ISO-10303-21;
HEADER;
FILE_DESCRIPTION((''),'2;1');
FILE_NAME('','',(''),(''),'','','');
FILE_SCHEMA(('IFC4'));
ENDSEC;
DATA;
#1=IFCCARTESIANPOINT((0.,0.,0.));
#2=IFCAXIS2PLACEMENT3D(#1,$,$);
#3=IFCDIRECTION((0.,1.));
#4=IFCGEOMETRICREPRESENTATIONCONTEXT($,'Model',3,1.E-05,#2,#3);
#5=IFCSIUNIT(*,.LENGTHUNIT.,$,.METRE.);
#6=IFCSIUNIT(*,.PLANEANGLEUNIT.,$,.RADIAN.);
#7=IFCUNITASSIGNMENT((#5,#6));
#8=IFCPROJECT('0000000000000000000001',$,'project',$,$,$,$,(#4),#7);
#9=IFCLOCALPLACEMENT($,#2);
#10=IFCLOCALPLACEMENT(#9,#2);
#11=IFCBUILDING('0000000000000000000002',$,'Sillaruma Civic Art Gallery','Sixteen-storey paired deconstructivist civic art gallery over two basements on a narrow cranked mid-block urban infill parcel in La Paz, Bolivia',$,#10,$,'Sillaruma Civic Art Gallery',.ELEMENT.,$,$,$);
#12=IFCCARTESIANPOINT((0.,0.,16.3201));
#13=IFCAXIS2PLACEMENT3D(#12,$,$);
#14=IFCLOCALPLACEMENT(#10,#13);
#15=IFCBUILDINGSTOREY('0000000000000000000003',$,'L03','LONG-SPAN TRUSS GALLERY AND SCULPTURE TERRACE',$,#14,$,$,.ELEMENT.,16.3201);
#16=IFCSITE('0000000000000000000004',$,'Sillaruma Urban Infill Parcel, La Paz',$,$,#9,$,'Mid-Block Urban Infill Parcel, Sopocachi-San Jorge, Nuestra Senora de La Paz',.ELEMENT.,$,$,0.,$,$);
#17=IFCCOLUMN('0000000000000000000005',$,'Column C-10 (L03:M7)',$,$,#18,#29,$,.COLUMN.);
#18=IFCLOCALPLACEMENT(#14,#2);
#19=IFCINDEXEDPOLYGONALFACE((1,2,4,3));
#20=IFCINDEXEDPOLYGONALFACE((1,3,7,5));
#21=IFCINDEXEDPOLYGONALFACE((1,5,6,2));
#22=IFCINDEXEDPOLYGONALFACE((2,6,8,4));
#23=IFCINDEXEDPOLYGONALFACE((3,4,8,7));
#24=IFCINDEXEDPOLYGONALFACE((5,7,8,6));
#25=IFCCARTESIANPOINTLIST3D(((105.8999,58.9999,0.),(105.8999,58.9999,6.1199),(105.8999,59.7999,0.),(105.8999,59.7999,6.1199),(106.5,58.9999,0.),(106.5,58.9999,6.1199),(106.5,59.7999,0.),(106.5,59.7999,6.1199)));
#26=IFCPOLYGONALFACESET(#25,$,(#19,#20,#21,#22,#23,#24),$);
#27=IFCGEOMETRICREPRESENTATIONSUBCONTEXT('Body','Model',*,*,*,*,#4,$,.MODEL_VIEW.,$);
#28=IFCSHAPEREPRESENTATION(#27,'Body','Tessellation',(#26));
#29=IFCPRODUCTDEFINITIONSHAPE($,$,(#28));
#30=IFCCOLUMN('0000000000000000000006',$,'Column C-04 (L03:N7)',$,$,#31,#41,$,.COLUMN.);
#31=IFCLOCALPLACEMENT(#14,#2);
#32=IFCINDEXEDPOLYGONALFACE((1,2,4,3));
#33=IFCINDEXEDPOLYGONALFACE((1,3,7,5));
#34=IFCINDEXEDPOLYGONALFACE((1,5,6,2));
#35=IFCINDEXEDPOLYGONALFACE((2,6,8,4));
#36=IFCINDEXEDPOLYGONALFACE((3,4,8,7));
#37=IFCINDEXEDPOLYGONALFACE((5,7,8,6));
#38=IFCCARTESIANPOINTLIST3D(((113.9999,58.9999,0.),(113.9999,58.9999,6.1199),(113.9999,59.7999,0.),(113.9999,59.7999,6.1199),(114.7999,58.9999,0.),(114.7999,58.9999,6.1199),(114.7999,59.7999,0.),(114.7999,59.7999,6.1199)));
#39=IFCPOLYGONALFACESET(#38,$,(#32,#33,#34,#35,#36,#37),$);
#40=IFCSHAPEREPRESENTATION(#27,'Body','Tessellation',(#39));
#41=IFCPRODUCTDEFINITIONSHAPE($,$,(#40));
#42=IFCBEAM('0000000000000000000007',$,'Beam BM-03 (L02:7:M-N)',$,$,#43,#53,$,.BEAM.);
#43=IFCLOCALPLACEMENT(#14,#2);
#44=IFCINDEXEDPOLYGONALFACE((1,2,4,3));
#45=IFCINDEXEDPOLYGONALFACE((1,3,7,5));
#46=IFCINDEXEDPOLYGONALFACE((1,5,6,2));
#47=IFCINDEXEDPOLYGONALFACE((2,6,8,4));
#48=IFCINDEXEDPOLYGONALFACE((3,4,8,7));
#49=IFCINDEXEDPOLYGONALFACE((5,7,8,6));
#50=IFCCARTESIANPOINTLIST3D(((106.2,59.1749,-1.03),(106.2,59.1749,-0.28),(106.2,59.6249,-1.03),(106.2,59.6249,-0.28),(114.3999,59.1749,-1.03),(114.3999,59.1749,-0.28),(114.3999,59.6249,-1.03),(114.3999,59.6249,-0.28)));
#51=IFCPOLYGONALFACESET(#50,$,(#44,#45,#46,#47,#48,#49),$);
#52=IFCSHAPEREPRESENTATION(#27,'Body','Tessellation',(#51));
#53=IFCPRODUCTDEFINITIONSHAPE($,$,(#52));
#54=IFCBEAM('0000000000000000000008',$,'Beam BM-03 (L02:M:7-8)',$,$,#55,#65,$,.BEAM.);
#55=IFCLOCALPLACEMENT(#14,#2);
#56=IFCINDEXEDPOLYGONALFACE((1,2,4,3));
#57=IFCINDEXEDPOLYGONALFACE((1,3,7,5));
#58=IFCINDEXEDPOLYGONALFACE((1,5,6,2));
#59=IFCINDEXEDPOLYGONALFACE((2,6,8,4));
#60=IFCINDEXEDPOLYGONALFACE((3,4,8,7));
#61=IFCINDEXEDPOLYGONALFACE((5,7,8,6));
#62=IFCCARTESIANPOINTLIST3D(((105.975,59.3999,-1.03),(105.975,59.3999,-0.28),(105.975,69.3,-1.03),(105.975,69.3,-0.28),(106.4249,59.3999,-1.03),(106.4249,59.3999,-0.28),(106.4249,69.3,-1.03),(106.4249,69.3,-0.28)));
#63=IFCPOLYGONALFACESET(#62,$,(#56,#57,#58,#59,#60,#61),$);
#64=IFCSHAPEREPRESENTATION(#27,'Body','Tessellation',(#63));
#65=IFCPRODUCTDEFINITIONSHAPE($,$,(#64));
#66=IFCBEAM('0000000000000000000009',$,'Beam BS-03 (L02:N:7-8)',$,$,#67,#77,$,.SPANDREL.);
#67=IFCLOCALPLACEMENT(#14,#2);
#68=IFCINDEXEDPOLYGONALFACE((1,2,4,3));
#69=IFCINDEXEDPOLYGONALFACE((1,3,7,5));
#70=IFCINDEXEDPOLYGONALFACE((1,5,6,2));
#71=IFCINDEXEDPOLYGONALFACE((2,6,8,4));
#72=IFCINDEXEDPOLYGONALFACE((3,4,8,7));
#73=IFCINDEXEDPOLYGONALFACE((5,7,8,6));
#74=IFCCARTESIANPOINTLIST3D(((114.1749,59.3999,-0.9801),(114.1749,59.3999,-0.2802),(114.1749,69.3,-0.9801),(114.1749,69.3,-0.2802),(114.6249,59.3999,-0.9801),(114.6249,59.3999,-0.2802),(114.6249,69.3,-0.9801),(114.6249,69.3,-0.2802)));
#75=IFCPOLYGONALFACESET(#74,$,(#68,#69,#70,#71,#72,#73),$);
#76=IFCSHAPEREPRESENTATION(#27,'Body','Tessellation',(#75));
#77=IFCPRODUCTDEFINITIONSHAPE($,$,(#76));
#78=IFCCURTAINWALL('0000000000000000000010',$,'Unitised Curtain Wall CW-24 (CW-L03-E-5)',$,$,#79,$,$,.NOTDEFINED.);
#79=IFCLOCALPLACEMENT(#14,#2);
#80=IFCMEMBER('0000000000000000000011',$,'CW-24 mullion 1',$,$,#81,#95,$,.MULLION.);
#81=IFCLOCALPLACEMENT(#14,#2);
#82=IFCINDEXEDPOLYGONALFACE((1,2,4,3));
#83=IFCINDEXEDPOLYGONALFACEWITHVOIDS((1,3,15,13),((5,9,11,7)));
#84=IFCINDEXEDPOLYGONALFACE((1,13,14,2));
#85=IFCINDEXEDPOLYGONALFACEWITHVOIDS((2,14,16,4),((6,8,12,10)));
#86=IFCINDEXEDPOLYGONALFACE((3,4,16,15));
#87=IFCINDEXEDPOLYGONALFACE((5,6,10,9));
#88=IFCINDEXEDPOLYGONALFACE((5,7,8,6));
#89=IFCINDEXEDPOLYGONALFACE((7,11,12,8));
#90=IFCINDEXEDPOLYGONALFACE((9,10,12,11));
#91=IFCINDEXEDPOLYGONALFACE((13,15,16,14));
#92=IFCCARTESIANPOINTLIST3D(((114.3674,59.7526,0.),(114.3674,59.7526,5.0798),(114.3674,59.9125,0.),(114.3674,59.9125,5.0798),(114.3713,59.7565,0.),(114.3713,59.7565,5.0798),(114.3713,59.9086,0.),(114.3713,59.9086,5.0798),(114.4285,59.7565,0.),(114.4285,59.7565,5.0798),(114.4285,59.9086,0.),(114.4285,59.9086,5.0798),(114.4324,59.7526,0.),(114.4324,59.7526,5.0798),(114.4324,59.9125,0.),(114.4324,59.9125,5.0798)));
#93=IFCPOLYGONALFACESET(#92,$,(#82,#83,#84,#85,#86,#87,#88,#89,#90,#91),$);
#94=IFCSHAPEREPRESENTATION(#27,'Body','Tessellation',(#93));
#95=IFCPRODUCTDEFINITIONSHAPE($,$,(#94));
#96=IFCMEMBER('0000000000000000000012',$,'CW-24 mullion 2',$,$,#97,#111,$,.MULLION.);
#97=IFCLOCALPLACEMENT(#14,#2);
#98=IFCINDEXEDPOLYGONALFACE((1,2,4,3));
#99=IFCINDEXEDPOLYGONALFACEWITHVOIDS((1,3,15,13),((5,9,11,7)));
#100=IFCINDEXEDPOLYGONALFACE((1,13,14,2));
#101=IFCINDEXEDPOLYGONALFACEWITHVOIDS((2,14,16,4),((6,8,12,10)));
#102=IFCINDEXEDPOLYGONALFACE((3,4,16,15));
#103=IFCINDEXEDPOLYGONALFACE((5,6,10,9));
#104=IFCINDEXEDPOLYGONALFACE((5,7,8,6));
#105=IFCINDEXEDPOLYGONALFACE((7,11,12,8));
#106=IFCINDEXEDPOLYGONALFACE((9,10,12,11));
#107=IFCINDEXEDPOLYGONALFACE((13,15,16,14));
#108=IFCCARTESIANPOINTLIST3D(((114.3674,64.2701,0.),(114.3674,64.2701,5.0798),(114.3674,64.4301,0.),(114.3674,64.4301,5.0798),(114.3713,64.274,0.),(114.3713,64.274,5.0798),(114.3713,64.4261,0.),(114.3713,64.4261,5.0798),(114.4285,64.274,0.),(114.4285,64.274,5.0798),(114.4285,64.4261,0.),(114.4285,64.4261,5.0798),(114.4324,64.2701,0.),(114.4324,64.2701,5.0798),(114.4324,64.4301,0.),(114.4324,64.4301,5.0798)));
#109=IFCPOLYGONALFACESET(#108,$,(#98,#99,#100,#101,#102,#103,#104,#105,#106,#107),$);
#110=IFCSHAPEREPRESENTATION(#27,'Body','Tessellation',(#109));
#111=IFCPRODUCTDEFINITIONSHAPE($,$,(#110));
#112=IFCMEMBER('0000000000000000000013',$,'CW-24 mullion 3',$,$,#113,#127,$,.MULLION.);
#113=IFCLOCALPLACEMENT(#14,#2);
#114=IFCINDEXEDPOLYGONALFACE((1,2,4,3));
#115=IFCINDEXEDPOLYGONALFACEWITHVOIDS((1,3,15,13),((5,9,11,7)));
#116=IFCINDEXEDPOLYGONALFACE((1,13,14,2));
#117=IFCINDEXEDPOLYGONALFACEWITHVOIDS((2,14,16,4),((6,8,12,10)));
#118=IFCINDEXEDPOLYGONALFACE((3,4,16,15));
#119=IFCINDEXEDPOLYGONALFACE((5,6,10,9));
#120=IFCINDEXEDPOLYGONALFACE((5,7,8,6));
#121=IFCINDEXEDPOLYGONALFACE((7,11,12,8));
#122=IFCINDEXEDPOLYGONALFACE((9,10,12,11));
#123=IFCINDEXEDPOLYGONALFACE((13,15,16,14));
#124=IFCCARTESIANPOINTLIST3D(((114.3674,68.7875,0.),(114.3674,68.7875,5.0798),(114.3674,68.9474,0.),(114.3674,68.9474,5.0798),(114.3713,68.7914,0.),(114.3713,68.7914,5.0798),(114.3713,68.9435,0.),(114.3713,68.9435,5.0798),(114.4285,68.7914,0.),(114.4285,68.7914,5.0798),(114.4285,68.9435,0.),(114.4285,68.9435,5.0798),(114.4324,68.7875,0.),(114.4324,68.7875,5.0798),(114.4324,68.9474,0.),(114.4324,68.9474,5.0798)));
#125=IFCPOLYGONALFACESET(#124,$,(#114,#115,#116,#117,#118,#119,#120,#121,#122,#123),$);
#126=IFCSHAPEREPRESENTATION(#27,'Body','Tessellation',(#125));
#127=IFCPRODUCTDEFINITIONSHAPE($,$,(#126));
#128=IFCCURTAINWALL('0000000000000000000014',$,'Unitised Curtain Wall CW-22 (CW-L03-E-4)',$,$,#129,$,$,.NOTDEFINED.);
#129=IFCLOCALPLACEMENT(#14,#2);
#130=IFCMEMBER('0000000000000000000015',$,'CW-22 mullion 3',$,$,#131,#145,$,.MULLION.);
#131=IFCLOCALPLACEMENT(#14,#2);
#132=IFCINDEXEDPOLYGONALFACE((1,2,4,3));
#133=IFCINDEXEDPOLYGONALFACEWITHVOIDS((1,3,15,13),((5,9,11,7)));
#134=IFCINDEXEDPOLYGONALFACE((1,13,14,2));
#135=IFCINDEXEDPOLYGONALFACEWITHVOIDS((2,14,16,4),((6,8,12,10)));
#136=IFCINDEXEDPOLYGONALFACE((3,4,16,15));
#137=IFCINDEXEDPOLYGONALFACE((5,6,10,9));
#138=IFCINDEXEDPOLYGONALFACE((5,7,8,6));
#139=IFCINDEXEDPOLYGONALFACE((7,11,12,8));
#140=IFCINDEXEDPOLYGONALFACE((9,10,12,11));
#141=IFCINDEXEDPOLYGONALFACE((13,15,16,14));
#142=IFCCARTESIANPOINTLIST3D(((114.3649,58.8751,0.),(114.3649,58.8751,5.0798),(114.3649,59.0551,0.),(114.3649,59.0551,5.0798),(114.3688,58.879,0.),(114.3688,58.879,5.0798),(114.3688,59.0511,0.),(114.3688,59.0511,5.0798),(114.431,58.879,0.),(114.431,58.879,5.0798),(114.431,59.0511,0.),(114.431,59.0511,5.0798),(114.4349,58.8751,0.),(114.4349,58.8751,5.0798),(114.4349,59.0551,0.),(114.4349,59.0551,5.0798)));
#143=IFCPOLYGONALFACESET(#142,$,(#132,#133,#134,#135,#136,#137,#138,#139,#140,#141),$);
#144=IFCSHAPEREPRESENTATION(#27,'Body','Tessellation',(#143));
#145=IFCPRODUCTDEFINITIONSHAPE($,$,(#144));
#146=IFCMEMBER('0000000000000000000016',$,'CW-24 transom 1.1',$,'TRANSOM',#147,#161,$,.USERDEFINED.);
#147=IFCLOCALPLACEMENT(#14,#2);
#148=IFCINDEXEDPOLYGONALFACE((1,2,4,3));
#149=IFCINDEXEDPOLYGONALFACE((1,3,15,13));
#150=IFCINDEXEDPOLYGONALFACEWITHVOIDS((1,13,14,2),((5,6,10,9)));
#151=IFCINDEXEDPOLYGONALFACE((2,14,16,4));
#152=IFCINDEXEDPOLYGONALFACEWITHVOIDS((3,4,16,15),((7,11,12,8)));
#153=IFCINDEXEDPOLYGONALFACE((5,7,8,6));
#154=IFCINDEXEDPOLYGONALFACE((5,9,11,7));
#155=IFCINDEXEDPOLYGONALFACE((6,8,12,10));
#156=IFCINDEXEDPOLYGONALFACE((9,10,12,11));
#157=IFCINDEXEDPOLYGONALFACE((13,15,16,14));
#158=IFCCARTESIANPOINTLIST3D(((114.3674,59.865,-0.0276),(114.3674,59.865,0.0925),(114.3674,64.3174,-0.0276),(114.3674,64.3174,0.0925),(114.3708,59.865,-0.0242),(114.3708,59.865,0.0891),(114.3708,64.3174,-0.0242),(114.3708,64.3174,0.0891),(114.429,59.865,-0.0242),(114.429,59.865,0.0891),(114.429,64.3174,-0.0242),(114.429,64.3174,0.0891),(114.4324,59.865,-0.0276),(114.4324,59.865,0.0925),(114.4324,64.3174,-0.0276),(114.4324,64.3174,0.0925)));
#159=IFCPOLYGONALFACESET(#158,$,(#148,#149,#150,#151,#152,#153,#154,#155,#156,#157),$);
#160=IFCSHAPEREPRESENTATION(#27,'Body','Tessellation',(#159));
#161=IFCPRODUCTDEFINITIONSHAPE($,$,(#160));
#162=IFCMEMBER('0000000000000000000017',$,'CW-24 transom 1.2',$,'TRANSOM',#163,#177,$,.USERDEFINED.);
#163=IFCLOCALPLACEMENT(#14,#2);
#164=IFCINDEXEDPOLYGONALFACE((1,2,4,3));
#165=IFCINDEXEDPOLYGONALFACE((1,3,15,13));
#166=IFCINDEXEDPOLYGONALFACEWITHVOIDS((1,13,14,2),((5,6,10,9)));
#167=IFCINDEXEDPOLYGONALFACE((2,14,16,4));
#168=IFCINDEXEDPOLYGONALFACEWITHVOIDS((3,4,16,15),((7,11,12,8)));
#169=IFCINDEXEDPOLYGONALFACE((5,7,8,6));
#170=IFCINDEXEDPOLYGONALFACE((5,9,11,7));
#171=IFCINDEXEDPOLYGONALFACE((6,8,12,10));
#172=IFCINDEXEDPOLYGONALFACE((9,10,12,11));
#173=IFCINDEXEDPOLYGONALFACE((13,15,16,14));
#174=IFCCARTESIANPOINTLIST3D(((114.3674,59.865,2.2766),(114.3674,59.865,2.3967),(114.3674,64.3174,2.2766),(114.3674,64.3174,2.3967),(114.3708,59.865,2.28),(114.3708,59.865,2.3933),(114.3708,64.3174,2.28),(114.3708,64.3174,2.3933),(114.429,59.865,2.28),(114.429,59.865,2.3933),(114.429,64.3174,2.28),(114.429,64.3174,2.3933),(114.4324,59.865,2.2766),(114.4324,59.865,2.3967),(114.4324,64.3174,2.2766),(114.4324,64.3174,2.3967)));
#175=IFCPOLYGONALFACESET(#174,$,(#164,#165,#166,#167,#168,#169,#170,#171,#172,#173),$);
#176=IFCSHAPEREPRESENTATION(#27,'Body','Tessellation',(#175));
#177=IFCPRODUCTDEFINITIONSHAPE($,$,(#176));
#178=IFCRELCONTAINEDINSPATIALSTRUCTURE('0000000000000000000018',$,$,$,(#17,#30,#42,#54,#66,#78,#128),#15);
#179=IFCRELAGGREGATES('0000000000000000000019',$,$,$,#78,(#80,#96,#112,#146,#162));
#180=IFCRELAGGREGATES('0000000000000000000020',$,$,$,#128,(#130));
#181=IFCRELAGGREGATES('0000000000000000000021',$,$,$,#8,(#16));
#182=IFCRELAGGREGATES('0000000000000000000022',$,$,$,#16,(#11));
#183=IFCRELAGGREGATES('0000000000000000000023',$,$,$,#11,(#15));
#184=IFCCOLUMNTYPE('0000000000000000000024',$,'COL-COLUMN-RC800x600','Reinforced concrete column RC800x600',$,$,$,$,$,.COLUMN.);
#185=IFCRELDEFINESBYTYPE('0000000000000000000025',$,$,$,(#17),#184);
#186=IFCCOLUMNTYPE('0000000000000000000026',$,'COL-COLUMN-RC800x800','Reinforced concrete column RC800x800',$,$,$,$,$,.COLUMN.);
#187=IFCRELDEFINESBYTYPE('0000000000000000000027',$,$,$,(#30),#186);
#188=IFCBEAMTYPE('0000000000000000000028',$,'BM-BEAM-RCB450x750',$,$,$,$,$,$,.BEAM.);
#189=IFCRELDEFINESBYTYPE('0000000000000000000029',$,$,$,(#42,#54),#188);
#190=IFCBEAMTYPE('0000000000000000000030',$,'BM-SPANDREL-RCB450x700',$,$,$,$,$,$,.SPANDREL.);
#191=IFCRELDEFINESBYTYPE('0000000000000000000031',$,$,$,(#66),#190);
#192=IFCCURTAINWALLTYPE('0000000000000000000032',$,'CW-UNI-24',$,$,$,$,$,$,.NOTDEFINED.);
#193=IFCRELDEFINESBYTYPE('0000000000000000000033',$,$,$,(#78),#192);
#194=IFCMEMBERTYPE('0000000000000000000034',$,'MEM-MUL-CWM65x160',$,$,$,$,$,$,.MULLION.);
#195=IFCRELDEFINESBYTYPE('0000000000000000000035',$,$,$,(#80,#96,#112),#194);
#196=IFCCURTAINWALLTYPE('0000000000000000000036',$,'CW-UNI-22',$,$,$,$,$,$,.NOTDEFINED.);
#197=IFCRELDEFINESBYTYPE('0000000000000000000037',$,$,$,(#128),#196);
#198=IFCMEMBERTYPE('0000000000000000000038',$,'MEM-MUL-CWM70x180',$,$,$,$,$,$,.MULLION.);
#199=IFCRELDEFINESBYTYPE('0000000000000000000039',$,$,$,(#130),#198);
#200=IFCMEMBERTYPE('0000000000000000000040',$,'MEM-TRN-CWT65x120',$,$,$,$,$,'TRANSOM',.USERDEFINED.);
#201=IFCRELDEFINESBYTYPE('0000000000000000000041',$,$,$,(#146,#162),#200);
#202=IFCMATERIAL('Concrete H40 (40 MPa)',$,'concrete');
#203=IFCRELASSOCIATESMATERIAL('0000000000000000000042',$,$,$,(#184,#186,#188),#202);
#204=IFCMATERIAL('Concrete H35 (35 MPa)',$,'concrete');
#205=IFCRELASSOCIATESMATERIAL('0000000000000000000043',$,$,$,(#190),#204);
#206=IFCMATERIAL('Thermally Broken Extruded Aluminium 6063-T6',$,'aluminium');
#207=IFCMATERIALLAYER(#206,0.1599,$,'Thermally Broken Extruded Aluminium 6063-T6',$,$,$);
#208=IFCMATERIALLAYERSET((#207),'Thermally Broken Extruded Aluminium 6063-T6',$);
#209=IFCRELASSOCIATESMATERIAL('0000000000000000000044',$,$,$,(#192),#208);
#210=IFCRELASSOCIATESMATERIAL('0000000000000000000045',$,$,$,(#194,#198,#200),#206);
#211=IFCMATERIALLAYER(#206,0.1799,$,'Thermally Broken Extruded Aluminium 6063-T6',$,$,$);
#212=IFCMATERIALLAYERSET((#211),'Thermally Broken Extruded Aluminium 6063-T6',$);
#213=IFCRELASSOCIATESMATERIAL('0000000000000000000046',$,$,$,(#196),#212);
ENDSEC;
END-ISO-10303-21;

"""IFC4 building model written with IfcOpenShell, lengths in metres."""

from ifc_helpers import new_model, si_unit, direction, frame, origin, origin_2d, place, context, subcontext, project, spatial, rectangle, hollow_rectangle, extrude, material, layer, layer_set, material_profile, profile_set, type_object, element, aggregate, save


model = new_model("IFC4")

# Units and contexts
model_context = context("Model", 3, precision=1e-05, world=origin(), true_north=direction((0.0, 1.0)))
body_context = subcontext(model_context, "Body", "Model", "MODEL_VIEW")
ifc_project = project(units=[si_unit("LENGTHUNIT", "METRE"), si_unit("PLANEANGLEUNIT", "RADIAN")], contexts=[model_context])

# Site, building, storey
site_placement = place(None, origin())
site = spatial("IfcSite", under=ifc_project, at=site_placement, Name="Sillaruma Urban Infill Parcel, La Paz", LongName="Mid-Block Urban Infill Parcel, Sopocachi-San Jorge, Nuestra Senora de La Paz", CompositionType="ELEMENT", RefElevation=0.0)
building_placement = place(site_placement, origin())
building = spatial("IfcBuilding", under=site, at=building_placement, Name="Sillaruma Civic Art Gallery", Description="Sixteen-storey paired deconstructivist civic art gallery over two basements on a narrow cranked mid-block urban infill parcel in La Paz, Bolivia", LongName="Sillaruma Civic Art Gallery", CompositionType="ELEMENT")
storey_placement = place(building_placement, frame((0.0, 0.0, 16.3201)))
storey = spatial("IfcBuildingStorey", under=building, at=storey_placement, Name="L03", Description="LONG-SPAN TRUSS GALLERY AND SCULPTURE TERRACE", CompositionType="ELEMENT", Elevation=16.3201)

# Columns
ifc_material_1 = material(Name="Concrete H40 (40 MPa)", Category="concrete")
ifc_material_profile_1 = material_profile(ifc_material_1, rectangle(XDim=0.6001, YDim=0.8, at=origin_2d()), Name="RC800x600")
ifc_profile_set_1 = profile_set([ifc_material_profile_1], Name="Concrete H40 (40 MPa)")
column_type_1 = type_object("IfcColumnType", Name="COL-COLUMN-RC800x600", Description="Reinforced concrete column RC800x600", PredefinedType="COLUMN", material=ifc_profile_set_1)
column_1_placement = place(storey_placement, frame((106.2, 59.3999, 0.0), z_axis=(0.0, 0.0, 1.0), x_axis=(1.0, 0.0, 0.0)))
element("IfcColumn", 1, at=column_1_placement, inside=storey, type_object=column_type_1, Name="Column C-10 (L03:M7)", PredefinedType="COLUMN", context=body_context, shape_type="SweptSolid", body=[
    extrude(rectangle(XDim=0.6001, YDim=0.8, at=origin_2d()), origin(), (0.0, 0.0, 1.0), 6.1199),
])
ifc_material_profile_2 = material_profile(ifc_material_1, rectangle(XDim=0.8, YDim=0.8, at=origin_2d()), Name="RC800x800")
ifc_profile_set_2 = profile_set([ifc_material_profile_2], Name="Concrete H40 (40 MPa)")
column_type_2 = type_object("IfcColumnType", Name="COL-COLUMN-RC800x800", Description="Reinforced concrete column RC800x800", PredefinedType="COLUMN", material=ifc_profile_set_2)
column_2_placement = place(storey_placement, frame((114.3999, 59.3999, 0.0), z_axis=(0.0, 0.0, 1.0), x_axis=(1.0, 0.0, 0.0)))
element("IfcColumn", 2, at=column_2_placement, inside=storey, type_object=column_type_2, Name="Column C-04 (L03:N7)", PredefinedType="COLUMN", context=body_context, shape_type="SweptSolid", body=[
    extrude(rectangle(XDim=0.8, YDim=0.8, at=origin_2d()), origin(), (0.0, 0.0, 1.0), 6.1199),
])

# Beams
ifc_material_profile_3 = material_profile(ifc_material_1, rectangle(XDim=0.45, YDim=0.75, at=origin_2d()), Name="RCB450x750")
ifc_profile_set_3 = profile_set([ifc_material_profile_3], Name="Concrete H40 (40 MPa)")
beam_type_1 = type_object("IfcBeamType", Name="BM-BEAM-RCB450x750", PredefinedType="BEAM", material=ifc_profile_set_3)
beam_1_placement = place(storey_placement, frame((106.2, 59.3999, -0.655), z_axis=(1.0, 0.0, 0.0), x_axis=(0.0, 1.0, 0.0)))
element("IfcBeam", 3, at=beam_1_placement, inside=storey, type_object=beam_type_1, Name="Beam BM-03 (L02:7:M-N)", PredefinedType="BEAM", context=body_context, shape_type="SweptSolid", body=[
    extrude(rectangle(XDim=0.45, YDim=0.75, at=origin_2d()), origin(), (0.0, 0.0, 1.0), 8.2),
])
beam_2_placement = place(storey_placement, frame((106.2, 59.3999, -0.655), z_axis=(0.0, 1.0, 0.0), x_axis=(-1.0, 0.0, 0.0)))
element("IfcBeam", 4, at=beam_2_placement, inside=storey, type_object=beam_type_1, Name="Beam BM-03 (L02:M:7-8)", PredefinedType="BEAM", context=body_context, shape_type="SweptSolid", body=[
    extrude(rectangle(XDim=0.45, YDim=0.75, at=origin_2d()), origin(), (0.0, 0.0, 1.0), 9.9001),
])
ifc_material_2 = material(Name="Concrete H35 (35 MPa)", Category="concrete")
ifc_material_profile_4 = material_profile(ifc_material_2, rectangle(XDim=0.45, YDim=0.7, at=origin_2d()), Name="RCB450x700")
ifc_profile_set_4 = profile_set([ifc_material_profile_4], Name="Concrete H35 (35 MPa)")
beam_type_2 = type_object("IfcBeamType", Name="BM-SPANDREL-RCB450x700", PredefinedType="SPANDREL", material=ifc_profile_set_4)
beam_3_placement = place(storey_placement, frame((114.3999, 59.3999, -0.6301), z_axis=(0.0, 1.0, 0.0), x_axis=(-1.0, 0.0, 0.0)))
element("IfcBeam", 5, at=beam_3_placement, inside=storey, type_object=beam_type_2, Name="Beam BS-03 (L02:N:7-8)", PredefinedType="SPANDREL", context=body_context, shape_type="SweptSolid", body=[
    extrude(rectangle(XDim=0.45, YDim=0.7, at=origin_2d()), origin(), (0.0, 0.0, 1.0), 9.9001),
])

# Curtain wall, members
ifc_material_3 = material(Name="Thermally Broken Extruded Aluminium 6063-T6", Category="aluminium")
ifc_layer_1 = layer(ifc_material_3, 0.1599, Name="Thermally Broken Extruded Aluminium 6063-T6")
ifc_layer_set_1 = layer_set([ifc_layer_1], Name="Thermally Broken Extruded Aluminium 6063-T6")
curtain_wall_type_1 = type_object("IfcCurtainWallType", Name="CW-UNI-24", PredefinedType="NOTDEFINED", material=ifc_layer_set_1)
curtain_wall_1_placement = place(storey_placement, origin())
curtain_wall_1 = element("IfcCurtainWall", 6, at=curtain_wall_1_placement, inside=storey, type_object=curtain_wall_type_1, Name="Unitised Curtain Wall CW-24 (CW-L03-E-5)", PredefinedType="NOTDEFINED")
ifc_material_profile_5 = material_profile(ifc_material_3, hollow_rectangle(XDim=0.0649, YDim=0.1599, WallThickness=0.0039, at=origin_2d()), Name="CWM65x160")
ifc_profile_set_5 = profile_set([ifc_material_profile_5], Name="Thermally Broken Extruded Aluminium 6063-T6")
member_type_1 = type_object("IfcMemberType", Name="MEM-MUL-CWM65x160", PredefinedType="MULLION", material=ifc_profile_set_5)
member_1_placement = place(storey_placement, frame((114.3999, 59.8325, 0.0), z_axis=(0.0, 0.0, 1.0), x_axis=(-1.0, 0.0, 0.0)))
member_1 = element("IfcMember", 7, at=member_1_placement, type_object=member_type_1, Name="CW-24 mullion 1", PredefinedType="MULLION", context=body_context, shape_type="SweptSolid", body=[
    extrude(hollow_rectangle(XDim=0.0649, YDim=0.1599, WallThickness=0.0039, at=origin_2d()), origin(), (0.0, 0.0, 1.0), 5.0798),
])
member_2_placement = place(storey_placement, frame((114.3999, 64.3501, 0.0), z_axis=(0.0, 0.0, 1.0), x_axis=(-1.0, 0.0, 0.0)))
member_2 = element("IfcMember", 8, at=member_2_placement, type_object=member_type_1, Name="CW-24 mullion 2", PredefinedType="MULLION", context=body_context, shape_type="SweptSolid", body=[
    extrude(hollow_rectangle(XDim=0.0649, YDim=0.1599, WallThickness=0.0039, at=origin_2d()), origin(), (0.0, 0.0, 1.0), 5.0798),
])
member_3_placement = place(storey_placement, frame((114.3999, 68.8674, 0.0), z_axis=(0.0, 0.0, 1.0), x_axis=(-1.0, 0.0, 0.0)))
member_3 = element("IfcMember", 9, at=member_3_placement, type_object=member_type_1, Name="CW-24 mullion 3", PredefinedType="MULLION", context=body_context, shape_type="SweptSolid", body=[
    extrude(hollow_rectangle(XDim=0.0649, YDim=0.1599, WallThickness=0.0039, at=origin_2d()), origin(), (0.0, 0.0, 1.0), 5.0798),
])

# Curtain wall, member
ifc_layer_2 = layer(ifc_material_3, 0.1799, Name="Thermally Broken Extruded Aluminium 6063-T6")
ifc_layer_set_2 = layer_set([ifc_layer_2], Name="Thermally Broken Extruded Aluminium 6063-T6")
curtain_wall_type_2 = type_object("IfcCurtainWallType", Name="CW-UNI-22", PredefinedType="NOTDEFINED", material=ifc_layer_set_2)
curtain_wall_2_placement = place(storey_placement, origin())
curtain_wall_2 = element("IfcCurtainWall", 10, at=curtain_wall_2_placement, inside=storey, type_object=curtain_wall_type_2, Name="Unitised Curtain Wall CW-22 (CW-L03-E-4)", PredefinedType="NOTDEFINED")
ifc_material_profile_6 = material_profile(ifc_material_3, hollow_rectangle(XDim=0.0701, YDim=0.1799, WallThickness=0.0039, at=origin_2d()), Name="CWM70x180")
ifc_profile_set_6 = profile_set([ifc_material_profile_6], Name="Thermally Broken Extruded Aluminium 6063-T6")
member_type_2 = type_object("IfcMemberType", Name="MEM-MUL-CWM70x180", PredefinedType="MULLION", material=ifc_profile_set_6)
member_4_placement = place(storey_placement, frame((114.3999, 58.9651, 0.0), z_axis=(0.0, 0.0, 1.0), x_axis=(-1.0, 0.0, 0.0)))
member_4 = element("IfcMember", 11, at=member_4_placement, type_object=member_type_2, Name="CW-22 mullion 3", PredefinedType="MULLION", context=body_context, shape_type="SweptSolid", body=[
    extrude(hollow_rectangle(XDim=0.0701, YDim=0.1799, WallThickness=0.0039, at=origin_2d()), origin(), (0.0, 0.0, 1.0), 5.0798),
])

# Members
ifc_material_profile_7 = material_profile(ifc_material_3, hollow_rectangle(XDim=0.0649, YDim=0.1201, WallThickness=0.0034, at=origin_2d()), Name="CWT65x120")
ifc_profile_set_7 = profile_set([ifc_material_profile_7], Name="Thermally Broken Extruded Aluminium 6063-T6")
member_type_3 = type_object("IfcMemberType", Name="MEM-TRN-CWT65x120", ElementType="TRANSOM", PredefinedType="USERDEFINED", material=ifc_profile_set_7)
member_5_placement = place(storey_placement, frame((114.3999, 59.865, 0.0325), z_axis=(0.0, 1.0, 0.0), x_axis=(-1.0, 0.0, 0.0)))
member_5 = element("IfcMember", 12, at=member_5_placement, type_object=member_type_3, Name="CW-24 transom 1.1", ObjectType="TRANSOM", PredefinedType="USERDEFINED", context=body_context, shape_type="SweptSolid", body=[
    extrude(hollow_rectangle(XDim=0.0649, YDim=0.1201, WallThickness=0.0034, at=origin_2d()), origin(), (0.0, 0.0, 1.0), 4.4524),
])
member_6_placement = place(storey_placement, frame((114.3999, 59.865, 2.3367), z_axis=(0.0, 1.0, 0.0), x_axis=(-1.0, 0.0, 0.0)))
member_6 = element("IfcMember", 13, at=member_6_placement, type_object=member_type_3, Name="CW-24 transom 1.2", ObjectType="TRANSOM", PredefinedType="USERDEFINED", context=body_context, shape_type="SweptSolid", body=[
    extrude(hollow_rectangle(XDim=0.0649, YDim=0.1201, WallThickness=0.0034, at=origin_2d()), origin(), (0.0, 0.0, 1.0), 4.4524),
])

aggregate(curtain_wall_1, [member_1, member_2, member_3, member_5, member_6])
aggregate(curtain_wall_2, [member_4])

save(model, "model.ifc")
